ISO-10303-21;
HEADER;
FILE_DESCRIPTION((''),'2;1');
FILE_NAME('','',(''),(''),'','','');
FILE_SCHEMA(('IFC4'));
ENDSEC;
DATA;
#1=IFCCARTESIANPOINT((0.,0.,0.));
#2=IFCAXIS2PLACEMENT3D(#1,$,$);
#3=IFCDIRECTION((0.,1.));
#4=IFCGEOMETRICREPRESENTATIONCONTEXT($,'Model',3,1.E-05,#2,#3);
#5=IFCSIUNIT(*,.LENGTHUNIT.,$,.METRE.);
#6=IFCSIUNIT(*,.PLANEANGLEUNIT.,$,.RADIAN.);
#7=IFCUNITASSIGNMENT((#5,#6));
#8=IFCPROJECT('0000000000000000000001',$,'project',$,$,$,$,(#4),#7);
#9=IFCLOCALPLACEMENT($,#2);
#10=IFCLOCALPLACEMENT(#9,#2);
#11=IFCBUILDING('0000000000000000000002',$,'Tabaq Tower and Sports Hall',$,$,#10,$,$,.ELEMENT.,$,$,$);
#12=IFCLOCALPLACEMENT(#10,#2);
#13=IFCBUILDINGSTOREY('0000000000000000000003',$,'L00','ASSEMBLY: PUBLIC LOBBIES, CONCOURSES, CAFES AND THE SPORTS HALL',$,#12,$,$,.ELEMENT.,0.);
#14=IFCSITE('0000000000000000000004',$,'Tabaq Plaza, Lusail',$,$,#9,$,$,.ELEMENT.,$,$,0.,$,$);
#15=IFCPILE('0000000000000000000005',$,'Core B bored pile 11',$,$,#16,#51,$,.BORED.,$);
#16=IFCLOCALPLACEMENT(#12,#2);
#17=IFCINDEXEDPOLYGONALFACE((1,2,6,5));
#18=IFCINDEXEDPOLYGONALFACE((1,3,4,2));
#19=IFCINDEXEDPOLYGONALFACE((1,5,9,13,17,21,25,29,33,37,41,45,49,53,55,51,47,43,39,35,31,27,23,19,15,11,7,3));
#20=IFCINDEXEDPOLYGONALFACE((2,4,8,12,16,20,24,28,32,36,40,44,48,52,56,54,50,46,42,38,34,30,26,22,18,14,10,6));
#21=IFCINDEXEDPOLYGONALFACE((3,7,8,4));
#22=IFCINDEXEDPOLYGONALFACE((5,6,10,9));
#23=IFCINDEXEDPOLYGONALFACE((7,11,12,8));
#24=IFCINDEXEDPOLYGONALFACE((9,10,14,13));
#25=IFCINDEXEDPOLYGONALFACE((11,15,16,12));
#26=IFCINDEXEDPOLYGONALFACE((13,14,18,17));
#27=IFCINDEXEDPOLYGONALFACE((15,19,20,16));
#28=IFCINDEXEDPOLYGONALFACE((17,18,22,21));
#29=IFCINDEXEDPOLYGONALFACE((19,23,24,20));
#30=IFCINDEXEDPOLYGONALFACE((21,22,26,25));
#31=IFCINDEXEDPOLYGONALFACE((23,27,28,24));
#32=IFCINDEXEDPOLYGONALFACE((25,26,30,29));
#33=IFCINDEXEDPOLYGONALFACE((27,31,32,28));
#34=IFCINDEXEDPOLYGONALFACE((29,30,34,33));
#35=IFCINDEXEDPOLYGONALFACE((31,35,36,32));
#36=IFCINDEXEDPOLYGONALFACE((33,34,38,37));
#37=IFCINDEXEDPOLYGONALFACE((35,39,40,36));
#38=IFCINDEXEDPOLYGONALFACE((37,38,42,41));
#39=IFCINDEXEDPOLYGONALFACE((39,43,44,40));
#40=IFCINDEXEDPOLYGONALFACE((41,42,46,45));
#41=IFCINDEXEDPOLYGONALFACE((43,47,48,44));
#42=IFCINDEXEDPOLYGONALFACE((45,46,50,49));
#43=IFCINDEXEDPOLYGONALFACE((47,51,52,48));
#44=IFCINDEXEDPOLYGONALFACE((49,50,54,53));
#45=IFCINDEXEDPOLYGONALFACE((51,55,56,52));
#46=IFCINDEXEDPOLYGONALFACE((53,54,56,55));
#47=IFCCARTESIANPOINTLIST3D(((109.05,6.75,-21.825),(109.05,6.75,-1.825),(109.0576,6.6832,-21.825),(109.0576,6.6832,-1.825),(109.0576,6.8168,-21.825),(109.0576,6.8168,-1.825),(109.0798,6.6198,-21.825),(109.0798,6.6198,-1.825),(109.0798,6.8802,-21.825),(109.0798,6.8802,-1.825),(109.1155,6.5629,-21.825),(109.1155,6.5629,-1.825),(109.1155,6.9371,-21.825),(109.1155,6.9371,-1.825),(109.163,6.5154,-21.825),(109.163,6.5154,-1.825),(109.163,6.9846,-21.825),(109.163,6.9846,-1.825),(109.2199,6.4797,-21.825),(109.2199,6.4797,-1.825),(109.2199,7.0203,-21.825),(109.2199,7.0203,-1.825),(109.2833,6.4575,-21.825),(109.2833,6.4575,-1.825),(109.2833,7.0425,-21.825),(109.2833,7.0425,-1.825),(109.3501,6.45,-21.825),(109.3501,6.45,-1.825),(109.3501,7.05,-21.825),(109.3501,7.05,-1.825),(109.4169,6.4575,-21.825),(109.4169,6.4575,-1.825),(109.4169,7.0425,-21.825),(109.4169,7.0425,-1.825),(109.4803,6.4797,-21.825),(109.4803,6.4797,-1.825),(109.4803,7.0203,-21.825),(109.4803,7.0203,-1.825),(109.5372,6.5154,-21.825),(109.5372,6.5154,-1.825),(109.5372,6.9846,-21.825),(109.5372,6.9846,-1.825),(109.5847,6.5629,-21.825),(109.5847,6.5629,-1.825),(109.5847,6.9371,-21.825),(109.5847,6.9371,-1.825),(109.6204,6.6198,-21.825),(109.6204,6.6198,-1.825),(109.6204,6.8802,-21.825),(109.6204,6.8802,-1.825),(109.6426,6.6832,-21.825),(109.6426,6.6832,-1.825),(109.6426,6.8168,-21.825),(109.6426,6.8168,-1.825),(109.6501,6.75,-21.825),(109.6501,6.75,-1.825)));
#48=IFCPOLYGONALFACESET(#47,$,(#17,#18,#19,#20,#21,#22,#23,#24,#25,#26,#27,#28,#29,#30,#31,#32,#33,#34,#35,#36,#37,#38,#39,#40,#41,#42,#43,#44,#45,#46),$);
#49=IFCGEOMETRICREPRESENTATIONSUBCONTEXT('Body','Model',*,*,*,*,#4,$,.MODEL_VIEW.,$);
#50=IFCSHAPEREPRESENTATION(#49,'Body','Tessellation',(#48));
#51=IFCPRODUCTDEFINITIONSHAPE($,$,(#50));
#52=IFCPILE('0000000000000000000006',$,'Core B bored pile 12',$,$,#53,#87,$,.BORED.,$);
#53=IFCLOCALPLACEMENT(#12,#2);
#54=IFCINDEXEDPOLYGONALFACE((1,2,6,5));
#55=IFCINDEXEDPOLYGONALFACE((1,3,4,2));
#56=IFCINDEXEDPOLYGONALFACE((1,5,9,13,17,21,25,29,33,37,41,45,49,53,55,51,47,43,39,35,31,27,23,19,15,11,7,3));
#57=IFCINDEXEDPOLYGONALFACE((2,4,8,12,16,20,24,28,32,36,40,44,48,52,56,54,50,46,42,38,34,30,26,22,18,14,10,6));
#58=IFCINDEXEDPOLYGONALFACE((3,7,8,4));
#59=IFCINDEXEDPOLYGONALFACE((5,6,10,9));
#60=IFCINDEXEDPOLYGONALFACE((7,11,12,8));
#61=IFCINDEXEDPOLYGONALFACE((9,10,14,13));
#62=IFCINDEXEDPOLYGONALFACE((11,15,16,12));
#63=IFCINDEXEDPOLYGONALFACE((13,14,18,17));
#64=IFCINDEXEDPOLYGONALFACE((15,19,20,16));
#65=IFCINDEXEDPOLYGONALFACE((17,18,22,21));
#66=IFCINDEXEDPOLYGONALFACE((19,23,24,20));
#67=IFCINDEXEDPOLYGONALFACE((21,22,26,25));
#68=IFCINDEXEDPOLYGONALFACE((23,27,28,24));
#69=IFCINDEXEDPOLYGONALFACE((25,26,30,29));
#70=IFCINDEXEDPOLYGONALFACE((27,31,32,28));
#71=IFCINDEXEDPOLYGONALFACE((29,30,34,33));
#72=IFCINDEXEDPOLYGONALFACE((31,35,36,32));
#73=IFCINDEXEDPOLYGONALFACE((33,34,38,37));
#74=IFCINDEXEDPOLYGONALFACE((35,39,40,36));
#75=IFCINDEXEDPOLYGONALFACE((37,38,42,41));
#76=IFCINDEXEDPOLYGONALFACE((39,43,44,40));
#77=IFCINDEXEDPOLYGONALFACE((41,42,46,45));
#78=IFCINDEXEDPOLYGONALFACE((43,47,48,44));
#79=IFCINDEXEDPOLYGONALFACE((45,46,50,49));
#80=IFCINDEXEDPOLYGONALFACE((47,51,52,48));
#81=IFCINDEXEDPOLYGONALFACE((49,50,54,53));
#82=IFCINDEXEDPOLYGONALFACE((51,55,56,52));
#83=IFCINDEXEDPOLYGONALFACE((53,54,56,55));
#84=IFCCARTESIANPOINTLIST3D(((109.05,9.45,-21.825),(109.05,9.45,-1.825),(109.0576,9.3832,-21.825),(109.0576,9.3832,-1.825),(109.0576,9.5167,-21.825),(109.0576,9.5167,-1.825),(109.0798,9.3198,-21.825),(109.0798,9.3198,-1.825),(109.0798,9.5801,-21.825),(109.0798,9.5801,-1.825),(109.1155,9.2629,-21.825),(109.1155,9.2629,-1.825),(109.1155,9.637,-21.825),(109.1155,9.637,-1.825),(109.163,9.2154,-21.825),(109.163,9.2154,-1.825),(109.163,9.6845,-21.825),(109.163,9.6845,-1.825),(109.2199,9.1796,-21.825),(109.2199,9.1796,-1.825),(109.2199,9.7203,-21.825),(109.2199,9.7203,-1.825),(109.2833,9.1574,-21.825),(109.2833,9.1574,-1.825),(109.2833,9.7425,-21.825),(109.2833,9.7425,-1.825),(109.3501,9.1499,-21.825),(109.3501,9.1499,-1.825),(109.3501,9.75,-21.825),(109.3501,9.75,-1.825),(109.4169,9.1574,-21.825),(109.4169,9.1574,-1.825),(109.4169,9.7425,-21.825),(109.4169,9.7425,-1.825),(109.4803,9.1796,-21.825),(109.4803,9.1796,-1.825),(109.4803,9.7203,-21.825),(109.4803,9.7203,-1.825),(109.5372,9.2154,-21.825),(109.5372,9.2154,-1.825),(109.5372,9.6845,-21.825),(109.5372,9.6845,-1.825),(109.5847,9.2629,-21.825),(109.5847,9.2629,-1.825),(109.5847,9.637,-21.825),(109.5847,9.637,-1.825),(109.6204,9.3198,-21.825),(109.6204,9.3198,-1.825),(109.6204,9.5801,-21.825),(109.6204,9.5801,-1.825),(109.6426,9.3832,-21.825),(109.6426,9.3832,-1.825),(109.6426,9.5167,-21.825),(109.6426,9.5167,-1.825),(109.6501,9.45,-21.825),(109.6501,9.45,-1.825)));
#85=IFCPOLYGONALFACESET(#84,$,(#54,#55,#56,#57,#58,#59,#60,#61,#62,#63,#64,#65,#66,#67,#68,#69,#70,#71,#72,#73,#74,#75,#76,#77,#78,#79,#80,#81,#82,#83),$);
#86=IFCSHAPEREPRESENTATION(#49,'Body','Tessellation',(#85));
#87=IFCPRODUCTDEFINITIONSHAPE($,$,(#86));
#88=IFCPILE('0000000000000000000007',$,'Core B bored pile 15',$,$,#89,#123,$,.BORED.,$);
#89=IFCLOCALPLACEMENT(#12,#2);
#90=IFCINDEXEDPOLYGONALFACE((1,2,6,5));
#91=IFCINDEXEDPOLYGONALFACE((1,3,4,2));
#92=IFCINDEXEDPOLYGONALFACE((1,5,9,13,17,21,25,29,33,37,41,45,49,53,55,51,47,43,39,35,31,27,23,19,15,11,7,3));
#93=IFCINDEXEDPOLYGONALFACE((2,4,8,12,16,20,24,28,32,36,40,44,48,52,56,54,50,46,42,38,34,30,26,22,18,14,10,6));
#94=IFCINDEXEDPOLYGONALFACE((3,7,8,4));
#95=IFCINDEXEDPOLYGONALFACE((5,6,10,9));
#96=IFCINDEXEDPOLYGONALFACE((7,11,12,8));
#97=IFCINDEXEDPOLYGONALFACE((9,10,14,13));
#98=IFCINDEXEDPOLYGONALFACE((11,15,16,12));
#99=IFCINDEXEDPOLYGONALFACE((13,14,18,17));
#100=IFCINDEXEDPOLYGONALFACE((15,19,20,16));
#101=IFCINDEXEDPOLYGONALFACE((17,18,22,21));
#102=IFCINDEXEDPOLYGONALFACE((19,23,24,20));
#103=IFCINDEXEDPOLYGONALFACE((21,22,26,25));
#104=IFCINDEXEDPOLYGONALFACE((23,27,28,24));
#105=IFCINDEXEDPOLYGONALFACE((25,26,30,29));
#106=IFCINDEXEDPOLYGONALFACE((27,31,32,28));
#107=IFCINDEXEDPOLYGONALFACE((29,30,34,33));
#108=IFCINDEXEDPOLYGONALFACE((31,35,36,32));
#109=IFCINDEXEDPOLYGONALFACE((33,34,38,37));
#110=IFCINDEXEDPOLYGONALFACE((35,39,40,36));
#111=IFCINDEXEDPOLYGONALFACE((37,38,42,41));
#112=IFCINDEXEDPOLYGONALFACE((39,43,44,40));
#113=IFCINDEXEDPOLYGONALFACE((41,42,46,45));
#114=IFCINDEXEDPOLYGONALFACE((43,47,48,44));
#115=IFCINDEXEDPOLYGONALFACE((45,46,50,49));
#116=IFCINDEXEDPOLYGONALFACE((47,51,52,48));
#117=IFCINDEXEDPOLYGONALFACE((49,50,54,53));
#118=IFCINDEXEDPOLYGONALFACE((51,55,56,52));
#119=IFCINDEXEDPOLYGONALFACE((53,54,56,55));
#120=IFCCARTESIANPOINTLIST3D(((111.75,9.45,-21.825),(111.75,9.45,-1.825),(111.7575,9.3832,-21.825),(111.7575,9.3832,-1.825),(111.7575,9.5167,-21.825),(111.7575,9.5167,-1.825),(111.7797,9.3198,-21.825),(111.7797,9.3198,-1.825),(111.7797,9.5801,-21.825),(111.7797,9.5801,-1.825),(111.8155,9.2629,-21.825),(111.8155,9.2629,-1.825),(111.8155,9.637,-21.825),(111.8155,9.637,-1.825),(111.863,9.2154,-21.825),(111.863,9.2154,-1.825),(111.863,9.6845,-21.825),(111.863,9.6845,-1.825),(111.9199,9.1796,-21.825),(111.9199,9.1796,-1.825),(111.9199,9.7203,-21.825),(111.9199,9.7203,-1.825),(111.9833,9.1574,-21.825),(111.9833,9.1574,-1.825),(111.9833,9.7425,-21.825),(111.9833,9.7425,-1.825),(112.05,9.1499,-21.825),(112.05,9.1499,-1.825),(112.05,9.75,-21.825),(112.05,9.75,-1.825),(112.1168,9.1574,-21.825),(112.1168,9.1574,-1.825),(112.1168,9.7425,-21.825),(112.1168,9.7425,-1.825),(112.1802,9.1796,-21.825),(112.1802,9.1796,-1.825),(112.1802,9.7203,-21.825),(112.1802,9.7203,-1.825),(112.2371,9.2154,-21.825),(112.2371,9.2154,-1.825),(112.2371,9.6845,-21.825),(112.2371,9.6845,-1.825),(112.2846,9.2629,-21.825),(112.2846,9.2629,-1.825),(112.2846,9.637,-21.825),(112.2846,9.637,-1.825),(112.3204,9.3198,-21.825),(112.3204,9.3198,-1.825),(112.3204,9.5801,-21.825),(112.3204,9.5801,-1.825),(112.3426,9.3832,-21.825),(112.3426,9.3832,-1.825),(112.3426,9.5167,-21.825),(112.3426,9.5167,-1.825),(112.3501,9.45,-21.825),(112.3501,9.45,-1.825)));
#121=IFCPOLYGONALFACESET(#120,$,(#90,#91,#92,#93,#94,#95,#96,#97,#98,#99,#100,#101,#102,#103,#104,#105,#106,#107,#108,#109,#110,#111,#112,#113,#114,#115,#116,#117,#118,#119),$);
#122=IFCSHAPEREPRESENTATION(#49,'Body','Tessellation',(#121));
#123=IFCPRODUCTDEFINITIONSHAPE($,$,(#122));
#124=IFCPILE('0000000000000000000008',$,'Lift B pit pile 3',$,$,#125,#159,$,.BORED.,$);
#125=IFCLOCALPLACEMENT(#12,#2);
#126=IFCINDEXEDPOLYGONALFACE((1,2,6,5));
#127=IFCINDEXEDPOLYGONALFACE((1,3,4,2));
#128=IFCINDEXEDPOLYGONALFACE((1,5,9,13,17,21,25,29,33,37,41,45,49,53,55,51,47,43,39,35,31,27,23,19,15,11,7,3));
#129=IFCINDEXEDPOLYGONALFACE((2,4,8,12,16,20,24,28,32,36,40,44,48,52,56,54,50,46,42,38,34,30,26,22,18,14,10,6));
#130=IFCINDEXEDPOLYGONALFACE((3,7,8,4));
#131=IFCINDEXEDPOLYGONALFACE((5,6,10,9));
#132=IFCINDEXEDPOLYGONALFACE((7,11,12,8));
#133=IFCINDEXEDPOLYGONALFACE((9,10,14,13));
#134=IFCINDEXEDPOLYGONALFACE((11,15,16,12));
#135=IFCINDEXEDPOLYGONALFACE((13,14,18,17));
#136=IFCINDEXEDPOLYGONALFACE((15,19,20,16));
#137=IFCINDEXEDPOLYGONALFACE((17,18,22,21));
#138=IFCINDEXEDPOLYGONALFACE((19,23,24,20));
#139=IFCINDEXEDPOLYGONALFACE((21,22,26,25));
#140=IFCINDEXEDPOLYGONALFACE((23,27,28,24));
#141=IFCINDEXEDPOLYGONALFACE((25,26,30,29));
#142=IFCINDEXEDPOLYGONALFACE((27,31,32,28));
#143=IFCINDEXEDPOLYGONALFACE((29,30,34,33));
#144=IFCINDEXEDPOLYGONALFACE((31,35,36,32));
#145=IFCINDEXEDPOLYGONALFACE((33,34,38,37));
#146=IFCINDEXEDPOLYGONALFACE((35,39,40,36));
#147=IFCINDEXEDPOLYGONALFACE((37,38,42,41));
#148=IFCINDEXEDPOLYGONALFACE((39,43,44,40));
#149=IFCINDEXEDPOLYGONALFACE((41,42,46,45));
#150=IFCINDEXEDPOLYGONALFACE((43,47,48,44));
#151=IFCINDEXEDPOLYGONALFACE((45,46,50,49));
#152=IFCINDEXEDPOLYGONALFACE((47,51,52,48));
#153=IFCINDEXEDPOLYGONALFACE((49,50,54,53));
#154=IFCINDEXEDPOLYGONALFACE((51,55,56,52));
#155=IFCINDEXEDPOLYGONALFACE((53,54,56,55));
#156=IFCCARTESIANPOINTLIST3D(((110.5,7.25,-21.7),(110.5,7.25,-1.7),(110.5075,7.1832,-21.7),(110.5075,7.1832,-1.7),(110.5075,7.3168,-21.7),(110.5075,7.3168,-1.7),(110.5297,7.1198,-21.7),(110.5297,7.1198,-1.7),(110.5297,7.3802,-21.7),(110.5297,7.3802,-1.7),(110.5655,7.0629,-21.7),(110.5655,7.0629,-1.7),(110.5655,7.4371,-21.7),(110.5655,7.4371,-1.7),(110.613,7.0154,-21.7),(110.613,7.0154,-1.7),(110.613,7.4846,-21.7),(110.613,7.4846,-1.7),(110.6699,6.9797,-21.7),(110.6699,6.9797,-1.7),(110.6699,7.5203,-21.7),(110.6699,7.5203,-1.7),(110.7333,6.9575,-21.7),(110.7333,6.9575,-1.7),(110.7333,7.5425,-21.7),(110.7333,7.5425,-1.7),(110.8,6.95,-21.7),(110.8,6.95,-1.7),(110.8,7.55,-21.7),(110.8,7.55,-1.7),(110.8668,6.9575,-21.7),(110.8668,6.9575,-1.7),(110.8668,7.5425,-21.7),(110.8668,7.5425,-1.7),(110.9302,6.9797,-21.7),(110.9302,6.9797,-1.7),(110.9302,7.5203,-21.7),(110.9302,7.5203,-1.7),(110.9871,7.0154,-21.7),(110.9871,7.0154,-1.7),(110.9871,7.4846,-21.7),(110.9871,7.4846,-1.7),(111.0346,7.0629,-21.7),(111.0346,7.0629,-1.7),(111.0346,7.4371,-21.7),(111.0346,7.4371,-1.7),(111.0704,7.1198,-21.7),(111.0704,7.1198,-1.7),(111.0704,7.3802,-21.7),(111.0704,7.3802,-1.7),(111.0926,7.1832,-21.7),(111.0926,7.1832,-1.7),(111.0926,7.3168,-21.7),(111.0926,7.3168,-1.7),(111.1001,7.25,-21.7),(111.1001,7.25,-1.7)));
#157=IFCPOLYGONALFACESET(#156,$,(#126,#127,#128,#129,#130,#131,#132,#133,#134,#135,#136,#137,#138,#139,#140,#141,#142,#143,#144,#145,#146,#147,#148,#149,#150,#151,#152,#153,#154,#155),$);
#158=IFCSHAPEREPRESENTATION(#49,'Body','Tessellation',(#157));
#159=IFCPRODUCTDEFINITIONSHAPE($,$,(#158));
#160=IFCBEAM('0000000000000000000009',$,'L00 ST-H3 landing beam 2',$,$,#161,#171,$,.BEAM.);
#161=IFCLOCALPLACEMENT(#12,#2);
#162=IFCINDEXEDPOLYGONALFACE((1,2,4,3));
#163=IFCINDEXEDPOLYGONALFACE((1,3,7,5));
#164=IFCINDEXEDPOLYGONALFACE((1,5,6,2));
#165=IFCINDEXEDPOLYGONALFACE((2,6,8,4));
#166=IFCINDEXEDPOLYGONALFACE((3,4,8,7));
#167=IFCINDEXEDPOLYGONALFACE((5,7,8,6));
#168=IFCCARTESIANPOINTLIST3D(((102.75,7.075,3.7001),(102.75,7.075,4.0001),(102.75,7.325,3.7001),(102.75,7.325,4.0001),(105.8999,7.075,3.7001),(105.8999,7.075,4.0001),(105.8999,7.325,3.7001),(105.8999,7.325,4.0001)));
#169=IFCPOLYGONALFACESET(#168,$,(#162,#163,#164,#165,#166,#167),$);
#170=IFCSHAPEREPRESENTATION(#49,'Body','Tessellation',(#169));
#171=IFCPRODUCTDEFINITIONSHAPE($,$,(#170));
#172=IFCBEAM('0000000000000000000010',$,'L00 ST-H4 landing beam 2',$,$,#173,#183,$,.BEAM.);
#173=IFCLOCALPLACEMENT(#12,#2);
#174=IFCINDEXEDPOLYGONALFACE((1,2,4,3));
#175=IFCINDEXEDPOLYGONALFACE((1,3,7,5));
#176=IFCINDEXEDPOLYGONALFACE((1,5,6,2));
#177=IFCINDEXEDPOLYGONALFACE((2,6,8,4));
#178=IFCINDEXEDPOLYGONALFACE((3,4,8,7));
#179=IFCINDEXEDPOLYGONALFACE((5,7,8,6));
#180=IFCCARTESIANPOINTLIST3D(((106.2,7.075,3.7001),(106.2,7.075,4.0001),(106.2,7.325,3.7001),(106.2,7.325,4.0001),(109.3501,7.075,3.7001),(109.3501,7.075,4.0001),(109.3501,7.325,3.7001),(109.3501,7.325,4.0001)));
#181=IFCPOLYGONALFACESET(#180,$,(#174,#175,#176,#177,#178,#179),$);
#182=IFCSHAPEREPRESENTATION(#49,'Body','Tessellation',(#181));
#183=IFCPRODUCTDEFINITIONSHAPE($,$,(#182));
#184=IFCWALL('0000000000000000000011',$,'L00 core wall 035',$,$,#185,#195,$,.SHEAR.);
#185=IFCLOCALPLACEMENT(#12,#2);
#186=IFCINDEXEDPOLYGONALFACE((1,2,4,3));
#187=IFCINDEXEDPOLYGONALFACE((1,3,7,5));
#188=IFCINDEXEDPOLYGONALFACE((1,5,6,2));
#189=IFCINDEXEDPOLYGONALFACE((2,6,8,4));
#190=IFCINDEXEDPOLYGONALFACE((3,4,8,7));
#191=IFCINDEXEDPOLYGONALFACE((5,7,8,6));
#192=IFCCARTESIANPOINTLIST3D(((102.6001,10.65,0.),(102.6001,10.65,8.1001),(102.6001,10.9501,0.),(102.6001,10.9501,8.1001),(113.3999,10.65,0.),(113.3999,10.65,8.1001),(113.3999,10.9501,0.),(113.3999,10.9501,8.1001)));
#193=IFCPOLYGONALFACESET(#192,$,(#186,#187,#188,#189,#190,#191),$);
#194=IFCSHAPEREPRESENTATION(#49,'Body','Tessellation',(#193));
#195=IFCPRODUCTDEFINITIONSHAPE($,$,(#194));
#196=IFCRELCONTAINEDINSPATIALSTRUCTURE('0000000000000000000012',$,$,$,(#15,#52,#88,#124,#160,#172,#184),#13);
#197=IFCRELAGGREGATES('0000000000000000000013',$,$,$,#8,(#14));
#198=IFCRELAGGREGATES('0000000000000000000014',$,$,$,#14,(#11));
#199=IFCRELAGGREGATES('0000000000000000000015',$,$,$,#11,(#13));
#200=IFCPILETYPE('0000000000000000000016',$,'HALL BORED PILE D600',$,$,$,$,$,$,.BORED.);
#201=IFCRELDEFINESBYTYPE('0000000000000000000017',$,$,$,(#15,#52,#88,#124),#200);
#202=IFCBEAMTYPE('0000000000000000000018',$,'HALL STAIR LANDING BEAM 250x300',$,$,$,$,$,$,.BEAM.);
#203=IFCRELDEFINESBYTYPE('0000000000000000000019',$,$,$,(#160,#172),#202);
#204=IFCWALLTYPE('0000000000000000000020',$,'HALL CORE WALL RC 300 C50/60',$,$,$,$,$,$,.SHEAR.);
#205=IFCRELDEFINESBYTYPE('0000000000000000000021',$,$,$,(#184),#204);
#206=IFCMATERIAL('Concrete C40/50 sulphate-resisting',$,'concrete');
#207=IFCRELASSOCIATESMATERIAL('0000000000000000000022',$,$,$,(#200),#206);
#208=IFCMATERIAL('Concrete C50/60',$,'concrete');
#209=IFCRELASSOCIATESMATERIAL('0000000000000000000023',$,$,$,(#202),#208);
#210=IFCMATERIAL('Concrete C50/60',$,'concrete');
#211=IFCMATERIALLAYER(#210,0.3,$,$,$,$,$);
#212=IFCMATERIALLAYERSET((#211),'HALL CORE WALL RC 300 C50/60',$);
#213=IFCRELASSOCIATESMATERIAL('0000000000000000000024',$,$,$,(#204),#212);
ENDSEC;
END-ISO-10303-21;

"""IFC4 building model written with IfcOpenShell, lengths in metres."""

from ifc_helpers import new_model, si_unit, direction, frame, frame_2d, origin, origin_2d, place, context, subcontext, project, spatial, rectangle, circle, extrude, material, layer, layer_set, material_profile, profile_set, type_object, element, save


model = new_model("IFC4")

# Units and contexts
model_context = context("Model", 3, precision=1e-05, world=origin(), true_north=direction((0.0, 1.0)))
body_context = subcontext(model_context, "Body", "Model", "MODEL_VIEW")
ifc_project = project(units=[si_unit("LENGTHUNIT", "METRE"), si_unit("PLANEANGLEUNIT", "RADIAN")], contexts=[model_context])

# Site, building, storey
site_placement = place(None, origin())
site = spatial("IfcSite", under=ifc_project, at=site_placement, Name="Tabaq Plaza, Lusail", CompositionType="ELEMENT", RefElevation=0.0)
building_placement = place(site_placement, origin())
building = spatial("IfcBuilding", under=site, at=building_placement, Name="Tabaq Tower and Sports Hall", CompositionType="ELEMENT")
storey_placement = place(building_placement, origin())
storey = spatial("IfcBuildingStorey", under=building, at=storey_placement, Name="L00", Description="ASSEMBLY: PUBLIC LOBBIES, CONCOURSES, CAFES AND THE SPORTS HALL", CompositionType="ELEMENT", Elevation=0.0)

# Piles
ifc_material_1 = material(Name="Concrete C40/50 sulphate-resisting", Category="concrete")
ifc_material_profile_1 = material_profile(ifc_material_1, circle(Radius=0.3, at=origin_2d()), Name="D600")
ifc_profile_set_1 = profile_set([ifc_material_profile_1], Name="Concrete C40/50 sulphate-resisting")
pile_type = type_object("IfcPileType", Name="HALL BORED PILE D600", PredefinedType="BORED", material=ifc_profile_set_1)
for number, where, z_axis, x_axis, name in (
    (1, (109.3501, 6.75, -1.825), (0.0, 0.0, -1.0), (1.0, 0.0, 0.0), "Core B bored pile 11"),
    (2, (109.3501, 9.45, -1.825), (0.0, 0.0, -1.0), (1.0, 0.0, 0.0), "Core B bored pile 12"),
    (3, (112.05, 9.45, -1.825), (0.0, 0.0, -1.0), (1.0, 0.0, 0.0), "Core B bored pile 15"),
    (4, (110.8, 7.25, -1.7), (0.0, 0.0, -1.0), (1.0, 0.0, 0.0), "Lift B pit pile 3"),
):
    element("IfcPile", number, at=place(storey_placement, frame(where, z_axis=z_axis, x_axis=x_axis)), inside=storey, type_object=pile_type, Name=name, PredefinedType="BORED", context=body_context, shape_type="SweptSolid", body=[
        extrude(circle(Radius=0.3, at=origin_2d()), origin(), (0.0, 0.0, 1.0), 20.0),
    ])

# Beams
ifc_material_2 = material(Name="Concrete C50/60", Category="concrete")
ifc_material_profile_2 = material_profile(ifc_material_2, rectangle(XDim=0.25, YDim=0.3, at=origin_2d()), Name="RC 250x300")
ifc_profile_set_2 = profile_set([ifc_material_profile_2], Name="Concrete C50/60")
beam_type = type_object("IfcBeamType", Name="HALL STAIR LANDING BEAM 250x300", PredefinedType="BEAM", material=ifc_profile_set_2)
beam_1_placement = place(storey_placement, frame((102.75, 7.2, 3.8501), z_axis=(1.0, 0.0, 0.0), x_axis=(0.0, 1.0, 0.0)))
element("IfcBeam", 5, at=beam_1_placement, inside=storey, type_object=beam_type, Name="L00 ST-H3 landing beam 2", PredefinedType="BEAM", context=body_context, shape_type="SweptSolid", body=[
    extrude(rectangle(XDim=0.25, YDim=0.3, at=origin_2d()), origin(), (0.0, 0.0, 1.0), 3.1499),
])
beam_2_placement = place(storey_placement, frame((106.2, 7.2, 3.8501), z_axis=(1.0, 0.0, 0.0), x_axis=(0.0, 1.0, 0.0)))
element("IfcBeam", 6, at=beam_2_placement, inside=storey, type_object=beam_type, Name="L00 ST-H4 landing beam 2", PredefinedType="BEAM", context=body_context, shape_type="SweptSolid", body=[
    extrude(rectangle(XDim=0.25, YDim=0.3, at=origin_2d()), origin(), (0.0, 0.0, 1.0), 3.1501),
])

# Shared definitions
ifc_material_3 = material(Name="Concrete C50/60", Category="concrete")
ifc_layer_1 = layer(ifc_material_3, 0.3)
ifc_layer_set_1 = layer_set([ifc_layer_1], Name="HALL CORE WALL RC 300 C50/60")
wall_type_1 = type_object("IfcWallType", Name="HALL CORE WALL RC 300 C50/60", PredefinedType="SHEAR", material=ifc_layer_set_1)

# Wall
wall_1_placement = place(storey_placement, frame((102.6001, 10.8, 0.0), z_axis=(0.0, 0.0, 1.0), x_axis=(1.0, 0.0, 0.0)))
element("IfcWall", 7, at=wall_1_placement, inside=storey, type_object=wall_type_1, Name="L00 core wall 035", PredefinedType="SHEAR", context=body_context, shape_type="SweptSolid", body=[
    extrude(rectangle(XDim=10.7998, YDim=0.3, at=frame_2d((5.3999, 0.0))), origin(), (0.0, 0.0, 1.0), 8.1001),
])

save(model, "model.ifc")
